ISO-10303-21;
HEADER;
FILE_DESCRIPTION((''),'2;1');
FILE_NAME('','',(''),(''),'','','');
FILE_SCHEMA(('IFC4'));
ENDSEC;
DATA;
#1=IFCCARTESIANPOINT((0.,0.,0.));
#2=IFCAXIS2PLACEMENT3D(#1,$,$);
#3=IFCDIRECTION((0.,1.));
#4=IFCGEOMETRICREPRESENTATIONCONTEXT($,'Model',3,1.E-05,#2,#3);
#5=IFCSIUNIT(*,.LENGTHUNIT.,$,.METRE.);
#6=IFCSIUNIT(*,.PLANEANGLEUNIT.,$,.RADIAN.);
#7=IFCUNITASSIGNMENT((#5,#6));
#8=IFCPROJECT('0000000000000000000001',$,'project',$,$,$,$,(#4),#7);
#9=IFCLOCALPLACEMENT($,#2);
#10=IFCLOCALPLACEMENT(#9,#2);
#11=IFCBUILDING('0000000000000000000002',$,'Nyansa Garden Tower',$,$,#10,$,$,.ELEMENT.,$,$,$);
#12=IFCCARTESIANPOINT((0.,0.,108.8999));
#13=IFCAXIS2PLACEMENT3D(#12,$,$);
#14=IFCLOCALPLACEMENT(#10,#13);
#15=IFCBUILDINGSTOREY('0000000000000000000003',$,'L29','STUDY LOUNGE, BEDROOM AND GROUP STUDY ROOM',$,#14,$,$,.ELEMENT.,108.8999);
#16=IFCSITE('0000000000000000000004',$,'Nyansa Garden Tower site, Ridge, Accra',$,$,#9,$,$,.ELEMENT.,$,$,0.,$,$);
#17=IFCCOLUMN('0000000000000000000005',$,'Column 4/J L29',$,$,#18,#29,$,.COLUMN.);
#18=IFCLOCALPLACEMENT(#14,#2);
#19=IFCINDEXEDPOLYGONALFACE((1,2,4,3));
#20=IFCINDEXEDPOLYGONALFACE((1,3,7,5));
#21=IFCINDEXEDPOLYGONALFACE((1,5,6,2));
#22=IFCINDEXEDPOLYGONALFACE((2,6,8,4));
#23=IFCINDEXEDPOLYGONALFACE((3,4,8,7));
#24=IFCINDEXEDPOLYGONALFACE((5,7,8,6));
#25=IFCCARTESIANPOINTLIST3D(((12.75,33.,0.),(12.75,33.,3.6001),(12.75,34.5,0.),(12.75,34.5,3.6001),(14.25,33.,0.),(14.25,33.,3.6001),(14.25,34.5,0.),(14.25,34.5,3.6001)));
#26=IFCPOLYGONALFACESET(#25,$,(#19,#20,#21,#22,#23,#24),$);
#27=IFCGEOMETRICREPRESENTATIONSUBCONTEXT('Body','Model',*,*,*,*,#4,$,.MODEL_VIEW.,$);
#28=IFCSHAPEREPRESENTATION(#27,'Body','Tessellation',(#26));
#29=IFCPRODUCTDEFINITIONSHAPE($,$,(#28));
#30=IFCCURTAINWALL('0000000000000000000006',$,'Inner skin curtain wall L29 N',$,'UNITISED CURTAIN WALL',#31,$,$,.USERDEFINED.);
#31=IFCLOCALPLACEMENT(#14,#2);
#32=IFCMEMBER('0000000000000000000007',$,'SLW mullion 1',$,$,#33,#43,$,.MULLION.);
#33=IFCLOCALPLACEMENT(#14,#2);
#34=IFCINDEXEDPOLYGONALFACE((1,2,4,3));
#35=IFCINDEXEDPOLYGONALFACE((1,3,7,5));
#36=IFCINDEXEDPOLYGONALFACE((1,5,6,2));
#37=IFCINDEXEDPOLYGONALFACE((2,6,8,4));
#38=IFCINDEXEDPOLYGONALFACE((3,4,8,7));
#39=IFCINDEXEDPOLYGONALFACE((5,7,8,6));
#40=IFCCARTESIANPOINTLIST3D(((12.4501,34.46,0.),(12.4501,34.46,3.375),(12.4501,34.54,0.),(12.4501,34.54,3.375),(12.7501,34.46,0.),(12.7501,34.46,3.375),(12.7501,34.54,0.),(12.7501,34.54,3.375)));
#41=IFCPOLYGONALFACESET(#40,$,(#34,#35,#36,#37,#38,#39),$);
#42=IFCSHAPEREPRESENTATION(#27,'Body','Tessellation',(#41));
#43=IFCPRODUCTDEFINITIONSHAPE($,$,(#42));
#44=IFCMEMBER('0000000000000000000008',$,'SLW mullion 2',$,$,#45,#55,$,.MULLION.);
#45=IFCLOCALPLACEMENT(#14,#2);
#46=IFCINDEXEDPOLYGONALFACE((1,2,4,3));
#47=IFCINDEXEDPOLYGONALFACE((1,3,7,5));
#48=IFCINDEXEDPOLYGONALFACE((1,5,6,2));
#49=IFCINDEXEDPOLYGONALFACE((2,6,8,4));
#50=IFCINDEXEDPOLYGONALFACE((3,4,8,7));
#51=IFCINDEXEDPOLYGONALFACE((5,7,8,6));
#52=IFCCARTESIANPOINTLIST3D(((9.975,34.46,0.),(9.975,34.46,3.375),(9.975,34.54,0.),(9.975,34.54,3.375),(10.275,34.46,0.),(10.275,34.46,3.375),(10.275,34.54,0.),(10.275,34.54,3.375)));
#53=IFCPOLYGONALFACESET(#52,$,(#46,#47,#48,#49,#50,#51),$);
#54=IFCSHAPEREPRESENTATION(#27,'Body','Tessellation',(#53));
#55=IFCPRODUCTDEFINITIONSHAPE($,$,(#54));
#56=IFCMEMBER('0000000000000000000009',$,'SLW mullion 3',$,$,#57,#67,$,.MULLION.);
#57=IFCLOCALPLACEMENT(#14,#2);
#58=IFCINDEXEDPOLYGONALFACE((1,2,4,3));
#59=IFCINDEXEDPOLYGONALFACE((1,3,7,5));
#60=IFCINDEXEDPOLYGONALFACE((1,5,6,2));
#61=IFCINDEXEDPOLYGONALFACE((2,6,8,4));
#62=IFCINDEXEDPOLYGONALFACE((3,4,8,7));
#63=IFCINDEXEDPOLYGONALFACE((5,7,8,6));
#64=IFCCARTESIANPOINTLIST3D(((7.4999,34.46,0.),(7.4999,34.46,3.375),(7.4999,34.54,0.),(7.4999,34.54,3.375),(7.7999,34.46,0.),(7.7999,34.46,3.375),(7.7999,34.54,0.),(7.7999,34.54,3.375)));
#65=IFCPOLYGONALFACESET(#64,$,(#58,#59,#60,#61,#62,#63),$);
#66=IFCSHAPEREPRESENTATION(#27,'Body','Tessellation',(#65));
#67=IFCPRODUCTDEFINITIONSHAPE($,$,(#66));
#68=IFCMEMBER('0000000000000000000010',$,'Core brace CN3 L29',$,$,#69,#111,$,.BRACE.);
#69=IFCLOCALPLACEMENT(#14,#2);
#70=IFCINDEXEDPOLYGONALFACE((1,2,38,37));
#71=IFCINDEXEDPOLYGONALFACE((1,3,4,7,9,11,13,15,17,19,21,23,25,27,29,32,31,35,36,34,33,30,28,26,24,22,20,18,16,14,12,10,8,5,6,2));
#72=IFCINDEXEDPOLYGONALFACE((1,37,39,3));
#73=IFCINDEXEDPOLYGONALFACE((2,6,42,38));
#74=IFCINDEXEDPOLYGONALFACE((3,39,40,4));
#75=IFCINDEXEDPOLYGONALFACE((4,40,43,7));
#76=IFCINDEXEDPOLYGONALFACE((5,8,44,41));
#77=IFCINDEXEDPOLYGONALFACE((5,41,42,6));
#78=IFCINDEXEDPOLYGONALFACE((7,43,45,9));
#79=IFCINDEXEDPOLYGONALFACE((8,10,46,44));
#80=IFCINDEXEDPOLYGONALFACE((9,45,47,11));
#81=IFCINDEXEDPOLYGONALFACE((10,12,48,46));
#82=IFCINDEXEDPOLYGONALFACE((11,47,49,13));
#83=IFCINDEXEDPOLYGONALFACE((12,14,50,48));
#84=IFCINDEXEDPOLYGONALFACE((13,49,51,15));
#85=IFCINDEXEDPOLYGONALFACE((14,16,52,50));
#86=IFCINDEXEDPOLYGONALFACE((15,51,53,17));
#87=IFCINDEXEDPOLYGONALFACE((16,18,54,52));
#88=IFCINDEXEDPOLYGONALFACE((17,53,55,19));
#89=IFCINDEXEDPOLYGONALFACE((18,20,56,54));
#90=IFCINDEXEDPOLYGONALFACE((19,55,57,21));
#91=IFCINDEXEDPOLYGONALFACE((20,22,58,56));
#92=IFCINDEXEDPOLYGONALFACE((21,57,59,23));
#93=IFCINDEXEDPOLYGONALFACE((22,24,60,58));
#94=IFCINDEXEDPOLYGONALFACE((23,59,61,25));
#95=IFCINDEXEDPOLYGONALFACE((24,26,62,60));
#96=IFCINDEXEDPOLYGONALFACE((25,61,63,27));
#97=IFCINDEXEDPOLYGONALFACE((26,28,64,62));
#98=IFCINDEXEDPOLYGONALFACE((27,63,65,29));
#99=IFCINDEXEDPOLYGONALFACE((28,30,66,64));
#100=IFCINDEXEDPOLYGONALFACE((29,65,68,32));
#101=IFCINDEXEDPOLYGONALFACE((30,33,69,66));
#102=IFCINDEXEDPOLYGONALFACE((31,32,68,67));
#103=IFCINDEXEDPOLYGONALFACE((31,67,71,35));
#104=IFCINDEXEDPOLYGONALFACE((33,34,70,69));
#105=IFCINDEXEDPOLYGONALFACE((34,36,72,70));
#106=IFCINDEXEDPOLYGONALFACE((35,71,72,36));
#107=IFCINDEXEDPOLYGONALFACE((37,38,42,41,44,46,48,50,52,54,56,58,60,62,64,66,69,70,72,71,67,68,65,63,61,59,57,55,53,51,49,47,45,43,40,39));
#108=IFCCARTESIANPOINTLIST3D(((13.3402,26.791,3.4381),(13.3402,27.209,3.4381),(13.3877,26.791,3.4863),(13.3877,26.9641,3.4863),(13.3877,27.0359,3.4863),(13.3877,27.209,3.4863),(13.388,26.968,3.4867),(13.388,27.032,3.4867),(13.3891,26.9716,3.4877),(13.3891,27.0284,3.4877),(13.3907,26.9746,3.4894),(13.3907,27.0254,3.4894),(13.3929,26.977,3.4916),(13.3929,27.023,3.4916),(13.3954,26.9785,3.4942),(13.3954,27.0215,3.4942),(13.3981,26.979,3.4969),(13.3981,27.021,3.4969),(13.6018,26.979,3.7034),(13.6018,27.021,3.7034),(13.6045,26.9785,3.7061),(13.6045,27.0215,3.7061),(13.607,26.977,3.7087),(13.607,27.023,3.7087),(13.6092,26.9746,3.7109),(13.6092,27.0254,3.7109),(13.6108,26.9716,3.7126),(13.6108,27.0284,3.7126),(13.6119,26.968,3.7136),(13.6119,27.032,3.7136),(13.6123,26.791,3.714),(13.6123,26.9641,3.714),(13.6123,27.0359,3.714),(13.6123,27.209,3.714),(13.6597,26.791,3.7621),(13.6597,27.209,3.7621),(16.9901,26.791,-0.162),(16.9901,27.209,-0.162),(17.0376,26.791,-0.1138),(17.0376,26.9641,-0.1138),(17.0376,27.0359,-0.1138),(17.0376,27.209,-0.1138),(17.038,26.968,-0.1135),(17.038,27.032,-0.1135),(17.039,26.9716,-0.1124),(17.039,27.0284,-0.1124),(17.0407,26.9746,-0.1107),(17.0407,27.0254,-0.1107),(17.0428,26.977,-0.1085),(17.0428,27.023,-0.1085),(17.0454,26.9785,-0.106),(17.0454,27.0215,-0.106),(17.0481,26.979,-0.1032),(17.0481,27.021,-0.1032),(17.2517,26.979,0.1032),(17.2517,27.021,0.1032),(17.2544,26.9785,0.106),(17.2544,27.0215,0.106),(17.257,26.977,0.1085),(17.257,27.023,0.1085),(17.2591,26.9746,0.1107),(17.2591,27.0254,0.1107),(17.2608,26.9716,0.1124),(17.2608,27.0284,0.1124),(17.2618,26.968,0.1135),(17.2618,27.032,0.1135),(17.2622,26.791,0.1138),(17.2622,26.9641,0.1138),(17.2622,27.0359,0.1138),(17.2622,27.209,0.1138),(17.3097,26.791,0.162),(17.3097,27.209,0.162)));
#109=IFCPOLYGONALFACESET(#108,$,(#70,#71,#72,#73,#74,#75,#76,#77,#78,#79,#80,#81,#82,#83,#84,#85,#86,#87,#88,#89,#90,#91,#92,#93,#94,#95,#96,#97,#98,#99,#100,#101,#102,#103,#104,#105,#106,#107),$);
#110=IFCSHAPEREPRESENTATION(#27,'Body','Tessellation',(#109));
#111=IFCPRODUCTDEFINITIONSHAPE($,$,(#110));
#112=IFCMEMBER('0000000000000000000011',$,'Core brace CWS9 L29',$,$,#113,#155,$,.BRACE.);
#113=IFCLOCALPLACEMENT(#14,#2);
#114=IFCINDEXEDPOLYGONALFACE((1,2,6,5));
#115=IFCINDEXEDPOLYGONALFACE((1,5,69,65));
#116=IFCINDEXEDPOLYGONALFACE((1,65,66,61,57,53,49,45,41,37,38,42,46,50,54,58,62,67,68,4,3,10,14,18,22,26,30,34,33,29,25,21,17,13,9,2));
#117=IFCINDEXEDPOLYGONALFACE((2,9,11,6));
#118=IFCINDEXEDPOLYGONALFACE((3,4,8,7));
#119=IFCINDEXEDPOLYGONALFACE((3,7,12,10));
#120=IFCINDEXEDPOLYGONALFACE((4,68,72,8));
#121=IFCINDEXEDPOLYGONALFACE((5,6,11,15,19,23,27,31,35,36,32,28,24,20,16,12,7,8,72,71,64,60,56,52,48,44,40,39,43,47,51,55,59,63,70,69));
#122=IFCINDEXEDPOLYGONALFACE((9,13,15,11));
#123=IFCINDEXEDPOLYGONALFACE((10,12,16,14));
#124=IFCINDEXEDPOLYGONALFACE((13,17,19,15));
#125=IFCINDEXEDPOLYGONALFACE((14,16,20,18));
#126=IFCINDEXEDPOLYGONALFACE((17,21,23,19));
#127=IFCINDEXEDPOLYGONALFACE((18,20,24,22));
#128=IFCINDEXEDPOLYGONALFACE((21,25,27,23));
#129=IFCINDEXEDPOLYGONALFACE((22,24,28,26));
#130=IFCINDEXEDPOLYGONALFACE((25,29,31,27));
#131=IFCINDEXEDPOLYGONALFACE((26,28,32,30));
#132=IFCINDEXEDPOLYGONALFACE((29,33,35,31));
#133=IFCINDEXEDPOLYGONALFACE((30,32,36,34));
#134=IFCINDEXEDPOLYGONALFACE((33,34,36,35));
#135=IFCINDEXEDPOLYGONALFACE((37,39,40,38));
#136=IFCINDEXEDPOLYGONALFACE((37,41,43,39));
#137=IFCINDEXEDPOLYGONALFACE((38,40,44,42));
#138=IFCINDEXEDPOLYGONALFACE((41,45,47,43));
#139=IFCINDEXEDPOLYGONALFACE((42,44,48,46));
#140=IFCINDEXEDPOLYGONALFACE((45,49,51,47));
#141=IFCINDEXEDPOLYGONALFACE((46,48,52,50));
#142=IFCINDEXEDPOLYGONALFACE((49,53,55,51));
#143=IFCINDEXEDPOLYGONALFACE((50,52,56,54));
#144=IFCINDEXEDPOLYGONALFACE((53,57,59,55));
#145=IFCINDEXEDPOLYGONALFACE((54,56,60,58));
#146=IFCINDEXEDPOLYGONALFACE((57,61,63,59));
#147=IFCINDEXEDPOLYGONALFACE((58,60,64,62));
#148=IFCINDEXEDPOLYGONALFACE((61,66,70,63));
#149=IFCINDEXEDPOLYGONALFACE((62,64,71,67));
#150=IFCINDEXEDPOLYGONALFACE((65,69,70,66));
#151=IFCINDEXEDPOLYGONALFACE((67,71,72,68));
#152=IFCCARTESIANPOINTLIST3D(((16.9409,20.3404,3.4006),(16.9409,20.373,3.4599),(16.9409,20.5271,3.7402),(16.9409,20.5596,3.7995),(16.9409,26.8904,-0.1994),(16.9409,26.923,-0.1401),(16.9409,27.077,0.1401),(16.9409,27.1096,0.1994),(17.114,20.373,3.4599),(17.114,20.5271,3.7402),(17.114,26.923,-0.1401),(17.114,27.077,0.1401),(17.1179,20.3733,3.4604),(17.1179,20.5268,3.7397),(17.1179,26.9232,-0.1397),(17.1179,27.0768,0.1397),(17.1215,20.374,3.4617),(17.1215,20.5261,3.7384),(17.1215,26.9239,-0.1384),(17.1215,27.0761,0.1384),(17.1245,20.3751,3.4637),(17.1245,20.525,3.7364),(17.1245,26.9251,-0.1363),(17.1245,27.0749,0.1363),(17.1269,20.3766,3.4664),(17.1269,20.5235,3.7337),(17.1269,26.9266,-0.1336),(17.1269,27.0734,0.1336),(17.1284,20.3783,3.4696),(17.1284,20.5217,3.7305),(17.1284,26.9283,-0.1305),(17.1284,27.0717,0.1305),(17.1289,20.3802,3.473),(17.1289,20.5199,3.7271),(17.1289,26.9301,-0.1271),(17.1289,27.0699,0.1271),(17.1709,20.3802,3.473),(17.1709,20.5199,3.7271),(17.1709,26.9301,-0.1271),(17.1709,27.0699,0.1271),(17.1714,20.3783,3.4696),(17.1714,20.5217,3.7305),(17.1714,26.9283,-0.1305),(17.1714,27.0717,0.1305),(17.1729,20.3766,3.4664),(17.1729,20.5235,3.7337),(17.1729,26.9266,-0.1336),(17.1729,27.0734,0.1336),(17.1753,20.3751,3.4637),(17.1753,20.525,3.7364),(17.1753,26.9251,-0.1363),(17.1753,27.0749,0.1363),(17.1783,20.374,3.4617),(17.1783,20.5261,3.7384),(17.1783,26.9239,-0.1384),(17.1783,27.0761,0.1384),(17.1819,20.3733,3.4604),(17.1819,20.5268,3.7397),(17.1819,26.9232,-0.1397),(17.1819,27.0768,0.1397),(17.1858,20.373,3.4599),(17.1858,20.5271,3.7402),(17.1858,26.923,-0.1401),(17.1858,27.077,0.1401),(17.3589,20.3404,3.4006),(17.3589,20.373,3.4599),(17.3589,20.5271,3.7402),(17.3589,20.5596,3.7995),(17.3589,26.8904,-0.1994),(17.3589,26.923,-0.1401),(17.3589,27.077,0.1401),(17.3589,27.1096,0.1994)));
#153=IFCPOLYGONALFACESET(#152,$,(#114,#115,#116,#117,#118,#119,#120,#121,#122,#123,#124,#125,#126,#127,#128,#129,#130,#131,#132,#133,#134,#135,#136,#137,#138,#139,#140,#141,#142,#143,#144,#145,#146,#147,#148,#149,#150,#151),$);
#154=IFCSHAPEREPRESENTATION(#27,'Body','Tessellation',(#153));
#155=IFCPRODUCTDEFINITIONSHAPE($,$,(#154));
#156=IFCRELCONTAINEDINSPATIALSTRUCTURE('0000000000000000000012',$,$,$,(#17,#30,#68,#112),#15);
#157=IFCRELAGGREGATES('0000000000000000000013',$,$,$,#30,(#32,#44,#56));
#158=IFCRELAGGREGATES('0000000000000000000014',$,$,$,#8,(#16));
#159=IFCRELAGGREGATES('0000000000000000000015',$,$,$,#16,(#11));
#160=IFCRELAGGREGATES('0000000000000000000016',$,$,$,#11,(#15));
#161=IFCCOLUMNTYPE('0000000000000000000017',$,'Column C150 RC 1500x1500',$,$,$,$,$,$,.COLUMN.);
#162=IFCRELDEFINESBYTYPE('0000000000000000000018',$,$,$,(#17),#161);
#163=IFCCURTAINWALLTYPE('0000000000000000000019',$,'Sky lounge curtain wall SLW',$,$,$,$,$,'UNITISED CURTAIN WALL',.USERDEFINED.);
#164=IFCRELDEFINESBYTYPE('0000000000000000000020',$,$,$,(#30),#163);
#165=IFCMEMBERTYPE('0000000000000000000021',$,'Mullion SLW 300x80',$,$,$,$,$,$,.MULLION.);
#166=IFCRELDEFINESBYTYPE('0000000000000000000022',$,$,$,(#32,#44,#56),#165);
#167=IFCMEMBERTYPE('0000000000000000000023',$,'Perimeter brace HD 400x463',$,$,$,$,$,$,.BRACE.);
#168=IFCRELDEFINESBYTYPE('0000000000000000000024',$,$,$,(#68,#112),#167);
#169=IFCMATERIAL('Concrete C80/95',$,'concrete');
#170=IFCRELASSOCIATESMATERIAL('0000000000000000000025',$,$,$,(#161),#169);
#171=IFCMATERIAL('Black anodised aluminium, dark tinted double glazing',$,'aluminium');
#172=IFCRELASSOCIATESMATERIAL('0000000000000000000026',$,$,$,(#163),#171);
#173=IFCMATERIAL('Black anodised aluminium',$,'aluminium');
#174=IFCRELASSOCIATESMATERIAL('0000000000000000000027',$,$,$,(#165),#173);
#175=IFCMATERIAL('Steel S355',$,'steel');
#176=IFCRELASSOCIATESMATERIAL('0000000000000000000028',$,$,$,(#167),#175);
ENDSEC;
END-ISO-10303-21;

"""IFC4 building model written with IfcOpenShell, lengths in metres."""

from ifc_helpers import new_model, si_unit, direction, frame, origin, origin_2d, place, context, subcontext, project, spatial, rectangle, i_section, extrude, material, material_profile, profile_set, type_object, element, aggregate, save


model = new_model("IFC4")

# Units and contexts
model_context = context("Model", 3, precision=1e-05, world=origin(), true_north=direction((0.0, 1.0)))
body_context = subcontext(model_context, "Body", "Model", "MODEL_VIEW")
ifc_project = project(units=[si_unit("LENGTHUNIT", "METRE"), si_unit("PLANEANGLEUNIT", "RADIAN")], contexts=[model_context])

# Site, building, storey
site_placement = place(None, origin())
site = spatial("IfcSite", under=ifc_project, at=site_placement, Name="Nyansa Garden Tower site, Ridge, Accra", CompositionType="ELEMENT", RefElevation=0.0)
building_placement = place(site_placement, origin())
building = spatial("IfcBuilding", under=site, at=building_placement, Name="Nyansa Garden Tower", CompositionType="ELEMENT")
storey_placement = place(building_placement, frame((0.0, 0.0, 108.8999)))
storey = spatial("IfcBuildingStorey", under=building, at=storey_placement, Name="L29", Description="STUDY LOUNGE, BEDROOM AND GROUP STUDY ROOM", CompositionType="ELEMENT", Elevation=108.8999)

# Column
ifc_material_1 = material(Name="Concrete C80/95", Category="concrete")
ifc_material_profile_1 = material_profile(ifc_material_1, rectangle(XDim=1.5, YDim=1.5, at=origin_2d()), Name="RC 1500x1500")
ifc_profile_set_1 = profile_set([ifc_material_profile_1], Name="Concrete C80/95")
column_type = type_object("IfcColumnType", Name="Column C150 RC 1500x1500", PredefinedType="COLUMN", material=ifc_profile_set_1)
column_placement = place(storey_placement, frame((13.5, 33.75, 0.0), z_axis=(0.0, 0.0, 1.0), x_axis=(1.0, 0.0, 0.0)))
element("IfcColumn", 1, at=column_placement, inside=storey, type_object=column_type, Name="Column 4/J L29", PredefinedType="COLUMN", context=body_context, shape_type="SweptSolid", body=[
    extrude(rectangle(XDim=1.5, YDim=1.5, at=origin_2d()), origin(), (0.0, 0.0, 1.0), 3.6001),
])

# Curtain wall, members
ifc_material_2 = material(Name="Black anodised aluminium, dark tinted double glazing", Category="aluminium")
curtain_wall_type = type_object("IfcCurtainWallType", Name="Sky lounge curtain wall SLW", ElementType="UNITISED CURTAIN WALL", PredefinedType="USERDEFINED", material=ifc_material_2)
curtain_wall_placement = place(storey_placement, origin())
curtain_wall = element("IfcCurtainWall", 2, at=curtain_wall_placement, inside=storey, type_object=curtain_wall_type, Name="Inner skin curtain wall L29 N", ObjectType="UNITISED CURTAIN WALL", PredefinedType="USERDEFINED")
ifc_material_3 = material(Name="Black anodised aluminium", Category="aluminium")
ifc_material_profile_2 = material_profile(ifc_material_3, rectangle(XDim=0.0801, YDim=0.3, at=origin_2d()), Name="Mullion 300x80")
ifc_profile_set_2 = profile_set([ifc_material_profile_2], Name="Black anodised aluminium")
member_type_1 = type_object("IfcMemberType", Name="Mullion SLW 300x80", PredefinedType="MULLION", material=ifc_profile_set_2)
member_1_placement = place(storey_placement, frame((12.6001, 34.5, 0.0), z_axis=(0.0, 0.0, 1.0), x_axis=(0.0, -1.0, 0.0)))
member_1 = element("IfcMember", 3, at=member_1_placement, type_object=member_type_1, Name="SLW mullion 1", PredefinedType="MULLION", context=body_context, shape_type="SweptSolid", body=[
    extrude(rectangle(XDim=0.0801, YDim=0.3, at=origin_2d()), origin(), (0.0, 0.0, 1.0), 3.375),
])
member_2_placement = place(storey_placement, frame((10.125, 34.5, 0.0), z_axis=(0.0, 0.0, 1.0), x_axis=(0.0, -1.0, 0.0)))
member_2 = element("IfcMember", 4, at=member_2_placement, type_object=member_type_1, Name="SLW mullion 2", PredefinedType="MULLION", context=body_context, shape_type="SweptSolid", body=[
    extrude(rectangle(XDim=0.0801, YDim=0.3, at=origin_2d()), origin(), (0.0, 0.0, 1.0), 3.375),
])
member_3_placement = place(storey_placement, frame((7.6499, 34.5, 0.0), z_axis=(0.0, 0.0, 1.0), x_axis=(0.0, -1.0, 0.0)))
member_3 = element("IfcMember", 5, at=member_3_placement, type_object=member_type_1, Name="SLW mullion 3", PredefinedType="MULLION", context=body_context, shape_type="SweptSolid", body=[
    extrude(rectangle(XDim=0.0801, YDim=0.3, at=origin_2d()), origin(), (0.0, 0.0, 1.0), 3.375),
])

# Members
ifc_material_4 = material(Name="Steel S355", Category="steel")
ifc_material_profile_3 = material_profile(ifc_material_4, i_section(OverallWidth=0.418, OverallDepth=0.4551, WebThickness=0.042, FlangeThickness=0.0676, FilletRadius=0.0149, at=origin_2d()), Name="HD 400x463")
ifc_profile_set_3 = profile_set([ifc_material_profile_3], Name="Steel S355")
member_type_2 = type_object("IfcMemberType", Name="Perimeter brace HD 400x463", PredefinedType="BRACE", material=ifc_profile_set_3)
member_4_placement = place(storey_placement, frame((17.1499, 27.0, 0.0), z_axis=(-0.711948, 0.0, 0.702233), x_axis=(0.0, -1.0, 0.0)))
element("IfcMember", 6, at=member_4_placement, inside=storey, type_object=member_type_2, Name="Core brace CN3 L29", PredefinedType="BRACE", context=body_context, shape_type="SweptSolid", body=[
    extrude(i_section(OverallWidth=0.418, OverallDepth=0.4551, WebThickness=0.042, FlangeThickness=0.0676, FilletRadius=0.0149, at=origin_2d()), origin(), (0.0, 0.0, 1.0), 5.1267),
])
member_5_placement = place(storey_placement, frame((17.1499, 27.0, 0.0), z_axis=(0.0, -0.876353, 0.481669), x_axis=(1.0, 0.0, 0.0)))
element("IfcMember", 7, at=member_5_placement, inside=storey, type_object=member_type_2, Name="Core brace CWS9 L29", PredefinedType="BRACE", context=body_context, shape_type="SweptSolid", body=[
    extrude(i_section(OverallWidth=0.418, OverallDepth=0.4551, WebThickness=0.042, FlangeThickness=0.0676, FilletRadius=0.0149, at=origin_2d()), origin(), (0.0, 0.0, 1.0), 7.4741),
])

aggregate(curtain_wall, [member_1, member_2, member_3])

save(model, "model.ifc")
